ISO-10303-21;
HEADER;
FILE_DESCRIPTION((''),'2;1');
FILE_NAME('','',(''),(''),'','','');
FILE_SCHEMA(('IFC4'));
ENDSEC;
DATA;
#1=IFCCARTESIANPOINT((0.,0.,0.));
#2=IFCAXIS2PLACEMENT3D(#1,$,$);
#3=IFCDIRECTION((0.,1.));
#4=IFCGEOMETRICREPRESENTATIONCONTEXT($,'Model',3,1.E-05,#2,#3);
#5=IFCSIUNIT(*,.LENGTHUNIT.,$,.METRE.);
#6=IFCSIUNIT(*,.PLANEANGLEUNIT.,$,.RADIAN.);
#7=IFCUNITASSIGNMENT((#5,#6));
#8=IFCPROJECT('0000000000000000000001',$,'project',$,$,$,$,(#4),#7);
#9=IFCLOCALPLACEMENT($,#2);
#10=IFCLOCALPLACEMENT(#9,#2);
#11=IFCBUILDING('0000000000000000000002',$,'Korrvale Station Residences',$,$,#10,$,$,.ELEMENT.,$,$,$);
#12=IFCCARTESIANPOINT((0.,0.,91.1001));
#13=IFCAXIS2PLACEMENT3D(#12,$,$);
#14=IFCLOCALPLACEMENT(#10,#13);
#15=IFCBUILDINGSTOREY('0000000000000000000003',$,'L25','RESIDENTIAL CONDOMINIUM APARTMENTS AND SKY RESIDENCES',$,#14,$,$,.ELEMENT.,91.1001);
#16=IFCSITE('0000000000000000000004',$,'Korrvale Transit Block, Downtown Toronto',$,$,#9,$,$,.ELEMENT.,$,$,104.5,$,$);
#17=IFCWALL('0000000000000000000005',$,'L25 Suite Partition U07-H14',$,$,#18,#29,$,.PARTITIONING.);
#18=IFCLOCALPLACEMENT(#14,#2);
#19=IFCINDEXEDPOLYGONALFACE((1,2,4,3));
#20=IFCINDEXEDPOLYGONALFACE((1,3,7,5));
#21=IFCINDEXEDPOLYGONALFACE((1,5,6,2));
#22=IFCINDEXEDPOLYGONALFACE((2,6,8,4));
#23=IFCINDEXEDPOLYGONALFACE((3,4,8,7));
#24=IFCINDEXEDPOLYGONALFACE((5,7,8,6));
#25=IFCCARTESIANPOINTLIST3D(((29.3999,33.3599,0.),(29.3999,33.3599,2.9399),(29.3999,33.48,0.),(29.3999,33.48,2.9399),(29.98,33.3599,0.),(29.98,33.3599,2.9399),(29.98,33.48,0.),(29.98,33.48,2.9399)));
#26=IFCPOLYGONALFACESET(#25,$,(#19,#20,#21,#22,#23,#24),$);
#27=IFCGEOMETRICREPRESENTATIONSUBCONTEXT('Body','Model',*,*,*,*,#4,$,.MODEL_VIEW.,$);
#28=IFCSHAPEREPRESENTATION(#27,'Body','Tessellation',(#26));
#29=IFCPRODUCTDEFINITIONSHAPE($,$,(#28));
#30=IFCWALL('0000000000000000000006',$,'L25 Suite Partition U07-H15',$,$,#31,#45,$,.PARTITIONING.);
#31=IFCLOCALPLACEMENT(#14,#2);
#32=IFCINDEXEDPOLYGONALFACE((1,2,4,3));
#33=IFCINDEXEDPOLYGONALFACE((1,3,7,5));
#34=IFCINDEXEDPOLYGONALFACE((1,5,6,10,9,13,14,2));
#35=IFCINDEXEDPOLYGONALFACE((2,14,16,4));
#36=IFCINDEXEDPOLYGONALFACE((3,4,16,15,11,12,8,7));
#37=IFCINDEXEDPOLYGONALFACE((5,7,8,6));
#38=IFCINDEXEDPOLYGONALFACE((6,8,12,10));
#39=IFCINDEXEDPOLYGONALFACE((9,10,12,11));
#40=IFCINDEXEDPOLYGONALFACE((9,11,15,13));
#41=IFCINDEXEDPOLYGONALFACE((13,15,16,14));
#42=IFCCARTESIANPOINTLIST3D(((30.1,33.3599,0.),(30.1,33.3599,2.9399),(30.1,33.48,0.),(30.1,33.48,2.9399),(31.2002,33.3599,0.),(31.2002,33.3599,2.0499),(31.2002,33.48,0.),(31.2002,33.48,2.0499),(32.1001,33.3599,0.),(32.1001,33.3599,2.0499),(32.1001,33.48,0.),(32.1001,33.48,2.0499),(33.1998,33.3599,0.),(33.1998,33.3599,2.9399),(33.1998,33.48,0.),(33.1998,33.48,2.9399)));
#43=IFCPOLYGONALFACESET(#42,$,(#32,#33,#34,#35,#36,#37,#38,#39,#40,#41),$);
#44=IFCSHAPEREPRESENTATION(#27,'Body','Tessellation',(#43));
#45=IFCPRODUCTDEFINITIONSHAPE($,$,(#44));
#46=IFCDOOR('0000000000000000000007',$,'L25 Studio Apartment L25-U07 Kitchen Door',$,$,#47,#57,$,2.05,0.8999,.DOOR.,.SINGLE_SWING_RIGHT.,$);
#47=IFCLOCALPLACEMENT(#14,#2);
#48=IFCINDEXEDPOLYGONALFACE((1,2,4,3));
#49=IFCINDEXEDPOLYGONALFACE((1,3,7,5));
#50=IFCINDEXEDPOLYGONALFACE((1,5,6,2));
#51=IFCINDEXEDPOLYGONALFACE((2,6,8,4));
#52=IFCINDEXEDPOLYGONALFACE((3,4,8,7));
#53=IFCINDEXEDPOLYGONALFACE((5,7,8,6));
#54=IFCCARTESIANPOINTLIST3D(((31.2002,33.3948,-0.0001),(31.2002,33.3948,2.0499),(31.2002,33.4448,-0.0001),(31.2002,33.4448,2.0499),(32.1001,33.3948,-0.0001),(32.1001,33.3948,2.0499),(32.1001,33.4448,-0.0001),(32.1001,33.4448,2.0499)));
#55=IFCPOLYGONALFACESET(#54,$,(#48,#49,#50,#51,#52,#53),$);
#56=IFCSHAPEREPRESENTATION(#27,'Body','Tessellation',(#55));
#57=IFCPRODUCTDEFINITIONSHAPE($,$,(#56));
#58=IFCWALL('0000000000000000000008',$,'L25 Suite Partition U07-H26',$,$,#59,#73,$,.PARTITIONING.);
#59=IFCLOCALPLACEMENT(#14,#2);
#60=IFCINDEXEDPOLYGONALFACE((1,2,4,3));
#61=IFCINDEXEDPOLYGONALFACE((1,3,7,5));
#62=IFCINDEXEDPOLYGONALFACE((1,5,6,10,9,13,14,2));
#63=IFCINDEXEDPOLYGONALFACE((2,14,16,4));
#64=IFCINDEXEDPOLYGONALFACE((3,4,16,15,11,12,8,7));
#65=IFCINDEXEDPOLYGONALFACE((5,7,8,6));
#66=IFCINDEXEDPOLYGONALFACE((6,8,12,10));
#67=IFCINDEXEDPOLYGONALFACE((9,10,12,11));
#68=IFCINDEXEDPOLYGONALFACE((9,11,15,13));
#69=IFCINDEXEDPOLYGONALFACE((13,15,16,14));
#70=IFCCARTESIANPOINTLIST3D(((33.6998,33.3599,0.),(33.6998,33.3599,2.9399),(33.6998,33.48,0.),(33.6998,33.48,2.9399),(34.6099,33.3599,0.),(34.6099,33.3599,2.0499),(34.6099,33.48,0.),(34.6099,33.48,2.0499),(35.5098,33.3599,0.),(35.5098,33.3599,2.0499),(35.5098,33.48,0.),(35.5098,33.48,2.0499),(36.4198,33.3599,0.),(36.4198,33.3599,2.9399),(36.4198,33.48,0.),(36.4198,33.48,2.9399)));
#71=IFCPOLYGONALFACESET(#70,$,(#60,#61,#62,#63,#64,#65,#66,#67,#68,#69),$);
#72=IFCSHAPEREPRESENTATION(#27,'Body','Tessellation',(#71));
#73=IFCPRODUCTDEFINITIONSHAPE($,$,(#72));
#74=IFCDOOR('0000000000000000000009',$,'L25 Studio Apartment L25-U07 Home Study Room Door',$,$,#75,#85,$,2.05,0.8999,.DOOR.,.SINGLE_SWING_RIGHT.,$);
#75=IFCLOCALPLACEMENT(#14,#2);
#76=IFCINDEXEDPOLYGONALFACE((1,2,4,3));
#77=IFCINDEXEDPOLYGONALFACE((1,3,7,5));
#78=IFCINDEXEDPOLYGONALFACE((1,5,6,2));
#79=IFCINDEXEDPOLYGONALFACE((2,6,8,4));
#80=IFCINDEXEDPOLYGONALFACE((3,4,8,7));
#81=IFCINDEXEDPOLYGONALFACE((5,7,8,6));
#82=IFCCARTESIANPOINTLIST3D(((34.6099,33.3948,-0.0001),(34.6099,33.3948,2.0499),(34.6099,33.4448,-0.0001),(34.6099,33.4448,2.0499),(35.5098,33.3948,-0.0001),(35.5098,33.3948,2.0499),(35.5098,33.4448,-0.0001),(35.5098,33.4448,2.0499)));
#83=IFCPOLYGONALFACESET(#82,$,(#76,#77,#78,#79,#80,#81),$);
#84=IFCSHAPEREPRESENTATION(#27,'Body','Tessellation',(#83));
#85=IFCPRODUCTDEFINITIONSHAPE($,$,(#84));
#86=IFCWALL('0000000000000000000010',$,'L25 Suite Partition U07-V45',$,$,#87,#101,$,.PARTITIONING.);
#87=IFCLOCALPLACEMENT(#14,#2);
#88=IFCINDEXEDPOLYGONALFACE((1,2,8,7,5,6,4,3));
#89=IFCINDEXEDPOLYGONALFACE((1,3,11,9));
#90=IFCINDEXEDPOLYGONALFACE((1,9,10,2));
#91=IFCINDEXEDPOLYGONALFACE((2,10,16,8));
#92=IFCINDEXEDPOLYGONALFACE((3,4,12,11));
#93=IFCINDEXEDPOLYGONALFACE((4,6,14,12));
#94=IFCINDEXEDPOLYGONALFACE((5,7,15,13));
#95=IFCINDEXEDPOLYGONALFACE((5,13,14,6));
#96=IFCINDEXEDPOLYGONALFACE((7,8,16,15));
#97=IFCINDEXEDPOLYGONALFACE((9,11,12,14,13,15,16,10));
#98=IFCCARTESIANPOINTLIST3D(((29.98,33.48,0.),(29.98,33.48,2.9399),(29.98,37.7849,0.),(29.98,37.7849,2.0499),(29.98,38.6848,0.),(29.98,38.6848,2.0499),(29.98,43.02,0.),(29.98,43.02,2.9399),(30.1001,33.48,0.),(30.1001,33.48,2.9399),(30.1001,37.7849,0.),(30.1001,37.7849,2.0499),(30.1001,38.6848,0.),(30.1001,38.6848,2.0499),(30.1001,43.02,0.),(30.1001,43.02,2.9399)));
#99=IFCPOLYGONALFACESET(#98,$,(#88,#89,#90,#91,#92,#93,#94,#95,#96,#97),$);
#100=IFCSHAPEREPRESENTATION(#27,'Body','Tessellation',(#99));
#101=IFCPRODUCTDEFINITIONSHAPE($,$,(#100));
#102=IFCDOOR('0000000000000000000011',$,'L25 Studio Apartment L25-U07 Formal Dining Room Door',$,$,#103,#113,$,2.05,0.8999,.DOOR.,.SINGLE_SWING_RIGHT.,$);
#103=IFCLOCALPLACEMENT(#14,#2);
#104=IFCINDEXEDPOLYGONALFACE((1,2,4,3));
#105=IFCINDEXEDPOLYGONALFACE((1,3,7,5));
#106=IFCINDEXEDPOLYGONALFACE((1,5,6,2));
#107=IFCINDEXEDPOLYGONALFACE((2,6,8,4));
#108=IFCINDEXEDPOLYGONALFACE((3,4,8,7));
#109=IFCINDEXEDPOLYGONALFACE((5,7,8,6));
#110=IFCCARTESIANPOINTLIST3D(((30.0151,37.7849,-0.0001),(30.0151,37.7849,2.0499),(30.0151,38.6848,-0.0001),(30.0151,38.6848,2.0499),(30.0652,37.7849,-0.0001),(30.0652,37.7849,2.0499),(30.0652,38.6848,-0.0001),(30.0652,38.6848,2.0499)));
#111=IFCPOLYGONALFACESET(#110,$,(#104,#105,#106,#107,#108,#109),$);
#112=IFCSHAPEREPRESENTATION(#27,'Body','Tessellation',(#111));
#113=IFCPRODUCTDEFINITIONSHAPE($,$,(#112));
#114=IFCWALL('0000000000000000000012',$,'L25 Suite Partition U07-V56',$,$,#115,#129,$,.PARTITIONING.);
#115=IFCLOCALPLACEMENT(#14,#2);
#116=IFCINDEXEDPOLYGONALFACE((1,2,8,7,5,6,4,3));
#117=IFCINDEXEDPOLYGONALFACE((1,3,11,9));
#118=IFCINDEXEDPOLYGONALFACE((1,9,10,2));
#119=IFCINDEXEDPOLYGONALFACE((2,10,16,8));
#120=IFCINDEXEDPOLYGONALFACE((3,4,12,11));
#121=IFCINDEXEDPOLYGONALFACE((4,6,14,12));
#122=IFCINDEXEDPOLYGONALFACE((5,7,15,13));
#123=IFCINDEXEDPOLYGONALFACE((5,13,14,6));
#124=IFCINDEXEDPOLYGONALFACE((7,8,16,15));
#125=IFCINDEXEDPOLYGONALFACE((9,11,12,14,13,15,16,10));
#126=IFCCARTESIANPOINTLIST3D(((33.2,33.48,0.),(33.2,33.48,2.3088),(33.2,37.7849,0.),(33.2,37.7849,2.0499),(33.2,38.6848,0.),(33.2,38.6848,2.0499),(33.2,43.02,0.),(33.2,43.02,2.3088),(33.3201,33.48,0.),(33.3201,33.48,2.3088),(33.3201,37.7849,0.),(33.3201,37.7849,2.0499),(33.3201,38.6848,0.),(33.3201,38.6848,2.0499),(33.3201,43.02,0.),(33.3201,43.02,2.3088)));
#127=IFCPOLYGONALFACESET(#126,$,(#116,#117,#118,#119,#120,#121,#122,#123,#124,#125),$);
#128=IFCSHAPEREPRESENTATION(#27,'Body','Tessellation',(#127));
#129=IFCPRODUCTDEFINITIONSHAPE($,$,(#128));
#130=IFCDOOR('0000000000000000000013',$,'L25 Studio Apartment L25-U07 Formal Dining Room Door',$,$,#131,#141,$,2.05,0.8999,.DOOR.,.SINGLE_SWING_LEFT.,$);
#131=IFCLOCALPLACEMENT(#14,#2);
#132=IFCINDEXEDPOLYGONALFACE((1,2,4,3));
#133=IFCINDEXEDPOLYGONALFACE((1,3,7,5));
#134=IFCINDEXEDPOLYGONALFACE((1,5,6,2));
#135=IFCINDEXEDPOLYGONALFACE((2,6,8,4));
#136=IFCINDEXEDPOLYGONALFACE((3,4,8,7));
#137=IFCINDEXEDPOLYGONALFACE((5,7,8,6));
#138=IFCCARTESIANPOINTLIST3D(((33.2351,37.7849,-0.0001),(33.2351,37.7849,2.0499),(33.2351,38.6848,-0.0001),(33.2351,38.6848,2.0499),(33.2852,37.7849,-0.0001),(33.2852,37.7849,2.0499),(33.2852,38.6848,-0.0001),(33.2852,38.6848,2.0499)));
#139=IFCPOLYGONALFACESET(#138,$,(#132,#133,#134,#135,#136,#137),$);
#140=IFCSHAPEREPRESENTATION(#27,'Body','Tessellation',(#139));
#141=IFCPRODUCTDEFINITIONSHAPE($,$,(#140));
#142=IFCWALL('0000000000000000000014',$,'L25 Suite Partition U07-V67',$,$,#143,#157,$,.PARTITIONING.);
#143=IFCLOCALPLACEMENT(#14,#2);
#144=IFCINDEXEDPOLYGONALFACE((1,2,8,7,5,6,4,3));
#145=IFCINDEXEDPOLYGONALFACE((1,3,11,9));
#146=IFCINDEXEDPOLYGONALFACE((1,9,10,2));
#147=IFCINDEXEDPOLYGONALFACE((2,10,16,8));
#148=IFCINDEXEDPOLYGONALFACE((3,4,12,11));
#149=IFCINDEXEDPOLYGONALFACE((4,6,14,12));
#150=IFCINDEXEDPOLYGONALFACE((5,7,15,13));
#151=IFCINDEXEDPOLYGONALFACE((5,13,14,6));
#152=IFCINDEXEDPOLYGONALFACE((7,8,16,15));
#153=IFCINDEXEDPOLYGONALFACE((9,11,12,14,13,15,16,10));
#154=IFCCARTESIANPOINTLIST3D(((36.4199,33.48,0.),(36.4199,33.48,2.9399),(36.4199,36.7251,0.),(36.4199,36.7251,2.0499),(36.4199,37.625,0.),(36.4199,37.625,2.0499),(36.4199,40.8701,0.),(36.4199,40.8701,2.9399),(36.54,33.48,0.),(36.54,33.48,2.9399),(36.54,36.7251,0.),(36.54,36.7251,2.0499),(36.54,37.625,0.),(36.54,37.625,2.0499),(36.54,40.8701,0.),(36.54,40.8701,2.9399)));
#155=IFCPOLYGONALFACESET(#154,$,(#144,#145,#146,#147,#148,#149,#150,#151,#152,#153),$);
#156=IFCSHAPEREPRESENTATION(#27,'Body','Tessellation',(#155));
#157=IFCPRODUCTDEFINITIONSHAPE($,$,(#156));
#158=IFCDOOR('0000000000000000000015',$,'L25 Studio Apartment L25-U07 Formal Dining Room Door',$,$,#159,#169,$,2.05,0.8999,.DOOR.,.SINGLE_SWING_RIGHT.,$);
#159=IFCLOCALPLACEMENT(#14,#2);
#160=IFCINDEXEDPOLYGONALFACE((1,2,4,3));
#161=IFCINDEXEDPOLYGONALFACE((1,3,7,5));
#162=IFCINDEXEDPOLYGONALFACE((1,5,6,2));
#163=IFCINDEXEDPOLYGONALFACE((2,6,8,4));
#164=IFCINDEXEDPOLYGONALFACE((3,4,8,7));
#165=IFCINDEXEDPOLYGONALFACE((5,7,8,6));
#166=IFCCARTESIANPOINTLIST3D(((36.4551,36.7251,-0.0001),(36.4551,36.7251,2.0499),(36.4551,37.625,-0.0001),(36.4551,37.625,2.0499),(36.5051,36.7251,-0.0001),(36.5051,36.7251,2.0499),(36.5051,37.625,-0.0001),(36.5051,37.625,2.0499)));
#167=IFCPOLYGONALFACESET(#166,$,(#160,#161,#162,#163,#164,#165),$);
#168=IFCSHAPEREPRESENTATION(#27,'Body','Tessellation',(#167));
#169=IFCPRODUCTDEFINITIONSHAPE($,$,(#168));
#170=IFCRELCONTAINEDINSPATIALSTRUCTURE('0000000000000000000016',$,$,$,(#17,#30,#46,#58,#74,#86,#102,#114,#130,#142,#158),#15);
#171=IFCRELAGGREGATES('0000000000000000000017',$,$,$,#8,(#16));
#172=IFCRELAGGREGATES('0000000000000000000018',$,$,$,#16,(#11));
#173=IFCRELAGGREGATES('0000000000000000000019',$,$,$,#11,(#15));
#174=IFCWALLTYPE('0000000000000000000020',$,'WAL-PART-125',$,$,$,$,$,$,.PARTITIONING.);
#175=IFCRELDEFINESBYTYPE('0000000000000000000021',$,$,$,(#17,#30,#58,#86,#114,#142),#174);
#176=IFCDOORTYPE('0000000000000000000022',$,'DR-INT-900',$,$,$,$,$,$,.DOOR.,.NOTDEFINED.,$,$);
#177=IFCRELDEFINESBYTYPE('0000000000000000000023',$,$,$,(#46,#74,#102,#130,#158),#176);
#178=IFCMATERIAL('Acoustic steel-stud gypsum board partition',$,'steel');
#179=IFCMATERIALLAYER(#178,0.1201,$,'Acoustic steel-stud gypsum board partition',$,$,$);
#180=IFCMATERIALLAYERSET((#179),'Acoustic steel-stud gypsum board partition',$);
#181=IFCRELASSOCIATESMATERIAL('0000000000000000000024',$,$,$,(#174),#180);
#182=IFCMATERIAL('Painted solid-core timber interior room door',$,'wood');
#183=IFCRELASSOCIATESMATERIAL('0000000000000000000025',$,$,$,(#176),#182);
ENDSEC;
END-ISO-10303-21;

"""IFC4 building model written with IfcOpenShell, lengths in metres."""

from ifc_helpers import new_model, si_unit, direction, frame, frame_2d, origin, place, context, subcontext, project, spatial, rectangle, extrude, material, layer, layer_set, type_object, element, fill, save


model = new_model("IFC4")

# Units and contexts
model_context = context("Model", 3, precision=1e-05, world=origin(), true_north=direction((0.0, 1.0)))
body_context = subcontext(model_context, "Body", "Model", "MODEL_VIEW")
ifc_project = project(units=[si_unit("LENGTHUNIT", "METRE"), si_unit("PLANEANGLEUNIT", "RADIAN")], contexts=[model_context])

# Site, building, storey
site_placement = place(None, origin())
site = spatial("IfcSite", under=ifc_project, at=site_placement, Name="Korrvale Transit Block, Downtown Toronto", CompositionType="ELEMENT", RefElevation=104.5)
building_placement = place(site_placement, origin())
building = spatial("IfcBuilding", under=site, at=building_placement, Name="Korrvale Station Residences", CompositionType="ELEMENT")
storey_placement = place(building_placement, frame((0.0, 0.0, 91.1001)))
storey = spatial("IfcBuildingStorey", under=building, at=storey_placement, Name="L25", Description="RESIDENTIAL CONDOMINIUM APARTMENTS AND SKY RESIDENCES", CompositionType="ELEMENT", Elevation=91.1001)

# Shared definitions
ifc_material_1 = material(Name="Acoustic steel-stud gypsum board partition", Category="steel")
ifc_layer_1 = layer(ifc_material_1, 0.1201, Name="Acoustic steel-stud gypsum board partition")
ifc_layer_set_1 = layer_set([ifc_layer_1], Name="Acoustic steel-stud gypsum board partition")
wall_type_1 = type_object("IfcWallType", Name="WAL-PART-125", PredefinedType="PARTITIONING", material=ifc_layer_set_1)

# Shared definitions
ifc_material_2 = material(Name="Painted solid-core timber interior room door", Category="wood")
door_type_1 = type_object("IfcDoorType", Name="DR-INT-900", OperationType="NOTDEFINED", PredefinedType="DOOR", material=ifc_material_2)

# Wall
wall_1_placement = place(storey_placement, frame((29.3999, 33.4199, 0.0), z_axis=(0.0, 0.0, 1.0), x_axis=(1.0, 0.0, 0.0)))
element("IfcWall", 1, at=wall_1_placement, inside=storey, type_object=wall_type_1, Name="L25 Suite Partition U07-H14", PredefinedType="PARTITIONING", context=body_context, shape_type="SweptSolid", body=[
    extrude(rectangle(XDim=0.5801, YDim=0.1201, at=frame_2d((0.29, 0.0))), origin(), (0.0, 0.0, 1.0), 2.9399),
])

# Walls, openings, doors
wall_2_placement = place(storey_placement, frame((30.1001, 33.4199, 0.0), z_axis=(0.0, 0.0, 1.0), x_axis=(1.0, 0.0, 0.0)))
wall_2 = element("IfcWall", 2, at=wall_2_placement, inside=storey, type_object=wall_type_1, Name="L25 Suite Partition U07-H15", PredefinedType="PARTITIONING", context=body_context, shape_type="SweptSolid", body=[
    extrude(rectangle(XDim=3.0999, YDim=0.1201, at=frame_2d((1.5498, 0.0))), origin(), (0.0, 0.0, 1.0), 2.9399),
])
opening_1_placement = place(wall_2_placement, frame((1.1001, 0.0, 0.0)))
opening_1 = element("IfcOpeningElement", 3, at=opening_1_placement, cuts=wall_2, PredefinedType="OPENING", context=body_context, shape_type="SweptSolid", body=[
    extrude(rectangle(XDim=0.8999, YDim=2.05, at=frame_2d((0.45, 1.0249))), frame((0.0, 0.0701, 0.0), z_axis=(0.0, -1.0, 0.0), x_axis=(1.0, 0.0, 0.0)), (0.0, 0.0, 1.0), 0.1401),
])
door_1_placement = place(opening_1_placement, origin())
door_1 = element("IfcDoor", 4, at=door_1_placement, inside=storey, type_object=door_type_1, Name="L25 Studio Apartment L25-U07 Kitchen Door", OperationType="SINGLE_SWING_RIGHT", OverallHeight=2.05, OverallWidth=0.8999, PredefinedType="DOOR", context=body_context, shape_type="SweptSolid", body=[
    extrude(rectangle(XDim=0.8999, YDim=2.05, at=frame_2d((0.45, 1.0249))), frame((0.0, 0.0249, 0.0), z_axis=(0.0, -1.0, 0.0), x_axis=(1.0, 0.0, 0.0)), (0.0, 0.0, 1.0), 0.05),
])
fill(opening_1, door_1)
wall_3_placement = place(storey_placement, frame((33.7, 33.4199, 0.0), z_axis=(0.0, 0.0, 1.0), x_axis=(1.0, 0.0, 0.0)))
wall_3 = element("IfcWall", 5, at=wall_3_placement, inside=storey, type_object=wall_type_1, Name="L25 Suite Partition U07-H26", PredefinedType="PARTITIONING", context=body_context, shape_type="SweptSolid", body=[
    extrude(rectangle(XDim=2.72, YDim=0.1201, at=frame_2d((1.3599, 0.0))), origin(), (0.0, 0.0, 1.0), 2.9399),
])
opening_2_placement = place(wall_3_placement, frame((0.9099, 0.0, 0.0)))
opening_2 = element("IfcOpeningElement", 6, at=opening_2_placement, cuts=wall_3, PredefinedType="OPENING", context=body_context, shape_type="SweptSolid", body=[
    extrude(rectangle(XDim=0.8999, YDim=2.05, at=frame_2d((0.45, 1.0249))), frame((0.0, 0.0701, 0.0), z_axis=(0.0, -1.0, 0.0), x_axis=(1.0, 0.0, 0.0)), (0.0, 0.0, 1.0), 0.1401),
])
door_2_placement = place(opening_2_placement, origin())
door_2 = element("IfcDoor", 7, at=door_2_placement, inside=storey, type_object=door_type_1, Name="L25 Studio Apartment L25-U07 Home Study Room Door", OperationType="SINGLE_SWING_RIGHT", OverallHeight=2.05, OverallWidth=0.8999, PredefinedType="DOOR", context=body_context, shape_type="SweptSolid", body=[
    extrude(rectangle(XDim=0.8999, YDim=2.05, at=frame_2d((0.45, 1.0249))), frame((0.0, 0.0249, 0.0), z_axis=(0.0, -1.0, 0.0), x_axis=(1.0, 0.0, 0.0)), (0.0, 0.0, 1.0), 0.05),
])
fill(opening_2, door_2)
wall_4_placement = place(storey_placement, frame((30.04, 33.48, 0.0), z_axis=(0.0, 0.0, 1.0), x_axis=(0.0, 1.0, 0.0)))
wall_4 = element("IfcWall", 8, at=wall_4_placement, inside=storey, type_object=wall_type_1, Name="L25 Suite Partition U07-V45", PredefinedType="PARTITIONING", context=body_context, shape_type="SweptSolid", body=[
    extrude(rectangle(XDim=9.54, YDim=0.1201, at=frame_2d((4.77, 0.0))), origin(), (0.0, 0.0, 1.0), 2.9399),
])
opening_3_placement = place(wall_4_placement, frame((4.3049, 0.0, 0.0)))
opening_3 = element("IfcOpeningElement", 9, at=opening_3_placement, cuts=wall_4, PredefinedType="OPENING", context=body_context, shape_type="SweptSolid", body=[
    extrude(rectangle(XDim=0.8999, YDim=2.05, at=frame_2d((0.45, 1.0249))), frame((0.0, 0.0701, 0.0), z_axis=(0.0, -1.0, 0.0), x_axis=(1.0, 0.0, 0.0)), (0.0, 0.0, 1.0), 0.1401),
])
door_3_placement = place(opening_3_placement, origin())
door_3 = element("IfcDoor", 10, at=door_3_placement, inside=storey, type_object=door_type_1, Name="L25 Studio Apartment L25-U07 Formal Dining Room Door", OperationType="SINGLE_SWING_RIGHT", OverallHeight=2.05, OverallWidth=0.8999, PredefinedType="DOOR", context=body_context, shape_type="SweptSolid", body=[
    extrude(rectangle(XDim=0.8999, YDim=2.05, at=frame_2d((0.45, 1.0249))), frame((0.0, 0.0249, 0.0), z_axis=(0.0, -1.0, 0.0), x_axis=(1.0, 0.0, 0.0)), (0.0, 0.0, 1.0), 0.05),
])
fill(opening_3, door_3)
wall_5_placement = place(storey_placement, frame((33.26, 33.48, 0.0), z_axis=(0.0, 0.0, 1.0), x_axis=(0.0, 1.0, 0.0)))
wall_5 = element("IfcWall", 11, at=wall_5_placement, inside=storey, type_object=wall_type_1, Name="L25 Suite Partition U07-V56", PredefinedType="PARTITIONING", context=body_context, shape_type="SweptSolid", body=[
    extrude(rectangle(XDim=9.54, YDim=0.1201, at=frame_2d((4.77, 0.0))), origin(), (0.0, 0.0, 1.0), 2.3088),
])
opening_4_placement = place(wall_5_placement, frame((4.3049, 0.0, 0.0)))
opening_4 = element("IfcOpeningElement", 12, at=opening_4_placement, cuts=wall_5, PredefinedType="OPENING", context=body_context, shape_type="SweptSolid", body=[
    extrude(rectangle(XDim=0.8999, YDim=2.05, at=frame_2d((0.45, 1.0249))), frame((0.0, 0.0701, 0.0), z_axis=(0.0, -1.0, 0.0), x_axis=(1.0, 0.0, 0.0)), (0.0, 0.0, 1.0), 0.1401),
])
door_4_placement = place(opening_4_placement, origin())
door_4 = element("IfcDoor", 13, at=door_4_placement, inside=storey, type_object=door_type_1, Name="L25 Studio Apartment L25-U07 Formal Dining Room Door", OperationType="SINGLE_SWING_LEFT", OverallHeight=2.05, OverallWidth=0.8999, PredefinedType="DOOR", context=body_context, shape_type="SweptSolid", body=[
    extrude(rectangle(XDim=0.8999, YDim=2.05, at=frame_2d((0.45, 1.0249))), frame((0.0, 0.0249, 0.0), z_axis=(0.0, -1.0, 0.0), x_axis=(1.0, 0.0, 0.0)), (0.0, 0.0, 1.0), 0.05),
])
fill(opening_4, door_4)
wall_6_placement = place(storey_placement, frame((36.48, 33.48, 0.0), z_axis=(0.0, 0.0, 1.0), x_axis=(0.0, 1.0, 0.0)))
wall_6 = element("IfcWall", 14, at=wall_6_placement, inside=storey, type_object=wall_type_1, Name="L25 Suite Partition U07-V67", PredefinedType="PARTITIONING", context=body_context, shape_type="SweptSolid", body=[
    extrude(rectangle(XDim=7.3901, YDim=0.1201, at=frame_2d((3.6951, 0.0))), origin(), (0.0, 0.0, 1.0), 2.9399),
])
opening_5_placement = place(wall_6_placement, frame((3.2451, 0.0, 0.0)))
opening_5 = element("IfcOpeningElement", 15, at=opening_5_placement, cuts=wall_6, PredefinedType="OPENING", context=body_context, shape_type="SweptSolid", body=[
    extrude(rectangle(XDim=0.8999, YDim=2.05, at=frame_2d((0.45, 1.0249))), frame((0.0, 0.0701, 0.0), z_axis=(0.0, -1.0, 0.0), x_axis=(1.0, 0.0, 0.0)), (0.0, 0.0, 1.0), 0.1401),
])
door_5_placement = place(opening_5_placement, origin())
door_5 = element("IfcDoor", 16, at=door_5_placement, inside=storey, type_object=door_type_1, Name="L25 Studio Apartment L25-U07 Formal Dining Room Door", OperationType="SINGLE_SWING_RIGHT", OverallHeight=2.05, OverallWidth=0.8999, PredefinedType="DOOR", context=body_context, shape_type="SweptSolid", body=[
    extrude(rectangle(XDim=0.8999, YDim=2.05, at=frame_2d((0.45, 1.0249))), frame((0.0, 0.0249, 0.0), z_axis=(0.0, -1.0, 0.0), x_axis=(1.0, 0.0, 0.0)), (0.0, 0.0, 1.0), 0.05),
])
fill(opening_5, door_5)

save(model, "model.ifc")
